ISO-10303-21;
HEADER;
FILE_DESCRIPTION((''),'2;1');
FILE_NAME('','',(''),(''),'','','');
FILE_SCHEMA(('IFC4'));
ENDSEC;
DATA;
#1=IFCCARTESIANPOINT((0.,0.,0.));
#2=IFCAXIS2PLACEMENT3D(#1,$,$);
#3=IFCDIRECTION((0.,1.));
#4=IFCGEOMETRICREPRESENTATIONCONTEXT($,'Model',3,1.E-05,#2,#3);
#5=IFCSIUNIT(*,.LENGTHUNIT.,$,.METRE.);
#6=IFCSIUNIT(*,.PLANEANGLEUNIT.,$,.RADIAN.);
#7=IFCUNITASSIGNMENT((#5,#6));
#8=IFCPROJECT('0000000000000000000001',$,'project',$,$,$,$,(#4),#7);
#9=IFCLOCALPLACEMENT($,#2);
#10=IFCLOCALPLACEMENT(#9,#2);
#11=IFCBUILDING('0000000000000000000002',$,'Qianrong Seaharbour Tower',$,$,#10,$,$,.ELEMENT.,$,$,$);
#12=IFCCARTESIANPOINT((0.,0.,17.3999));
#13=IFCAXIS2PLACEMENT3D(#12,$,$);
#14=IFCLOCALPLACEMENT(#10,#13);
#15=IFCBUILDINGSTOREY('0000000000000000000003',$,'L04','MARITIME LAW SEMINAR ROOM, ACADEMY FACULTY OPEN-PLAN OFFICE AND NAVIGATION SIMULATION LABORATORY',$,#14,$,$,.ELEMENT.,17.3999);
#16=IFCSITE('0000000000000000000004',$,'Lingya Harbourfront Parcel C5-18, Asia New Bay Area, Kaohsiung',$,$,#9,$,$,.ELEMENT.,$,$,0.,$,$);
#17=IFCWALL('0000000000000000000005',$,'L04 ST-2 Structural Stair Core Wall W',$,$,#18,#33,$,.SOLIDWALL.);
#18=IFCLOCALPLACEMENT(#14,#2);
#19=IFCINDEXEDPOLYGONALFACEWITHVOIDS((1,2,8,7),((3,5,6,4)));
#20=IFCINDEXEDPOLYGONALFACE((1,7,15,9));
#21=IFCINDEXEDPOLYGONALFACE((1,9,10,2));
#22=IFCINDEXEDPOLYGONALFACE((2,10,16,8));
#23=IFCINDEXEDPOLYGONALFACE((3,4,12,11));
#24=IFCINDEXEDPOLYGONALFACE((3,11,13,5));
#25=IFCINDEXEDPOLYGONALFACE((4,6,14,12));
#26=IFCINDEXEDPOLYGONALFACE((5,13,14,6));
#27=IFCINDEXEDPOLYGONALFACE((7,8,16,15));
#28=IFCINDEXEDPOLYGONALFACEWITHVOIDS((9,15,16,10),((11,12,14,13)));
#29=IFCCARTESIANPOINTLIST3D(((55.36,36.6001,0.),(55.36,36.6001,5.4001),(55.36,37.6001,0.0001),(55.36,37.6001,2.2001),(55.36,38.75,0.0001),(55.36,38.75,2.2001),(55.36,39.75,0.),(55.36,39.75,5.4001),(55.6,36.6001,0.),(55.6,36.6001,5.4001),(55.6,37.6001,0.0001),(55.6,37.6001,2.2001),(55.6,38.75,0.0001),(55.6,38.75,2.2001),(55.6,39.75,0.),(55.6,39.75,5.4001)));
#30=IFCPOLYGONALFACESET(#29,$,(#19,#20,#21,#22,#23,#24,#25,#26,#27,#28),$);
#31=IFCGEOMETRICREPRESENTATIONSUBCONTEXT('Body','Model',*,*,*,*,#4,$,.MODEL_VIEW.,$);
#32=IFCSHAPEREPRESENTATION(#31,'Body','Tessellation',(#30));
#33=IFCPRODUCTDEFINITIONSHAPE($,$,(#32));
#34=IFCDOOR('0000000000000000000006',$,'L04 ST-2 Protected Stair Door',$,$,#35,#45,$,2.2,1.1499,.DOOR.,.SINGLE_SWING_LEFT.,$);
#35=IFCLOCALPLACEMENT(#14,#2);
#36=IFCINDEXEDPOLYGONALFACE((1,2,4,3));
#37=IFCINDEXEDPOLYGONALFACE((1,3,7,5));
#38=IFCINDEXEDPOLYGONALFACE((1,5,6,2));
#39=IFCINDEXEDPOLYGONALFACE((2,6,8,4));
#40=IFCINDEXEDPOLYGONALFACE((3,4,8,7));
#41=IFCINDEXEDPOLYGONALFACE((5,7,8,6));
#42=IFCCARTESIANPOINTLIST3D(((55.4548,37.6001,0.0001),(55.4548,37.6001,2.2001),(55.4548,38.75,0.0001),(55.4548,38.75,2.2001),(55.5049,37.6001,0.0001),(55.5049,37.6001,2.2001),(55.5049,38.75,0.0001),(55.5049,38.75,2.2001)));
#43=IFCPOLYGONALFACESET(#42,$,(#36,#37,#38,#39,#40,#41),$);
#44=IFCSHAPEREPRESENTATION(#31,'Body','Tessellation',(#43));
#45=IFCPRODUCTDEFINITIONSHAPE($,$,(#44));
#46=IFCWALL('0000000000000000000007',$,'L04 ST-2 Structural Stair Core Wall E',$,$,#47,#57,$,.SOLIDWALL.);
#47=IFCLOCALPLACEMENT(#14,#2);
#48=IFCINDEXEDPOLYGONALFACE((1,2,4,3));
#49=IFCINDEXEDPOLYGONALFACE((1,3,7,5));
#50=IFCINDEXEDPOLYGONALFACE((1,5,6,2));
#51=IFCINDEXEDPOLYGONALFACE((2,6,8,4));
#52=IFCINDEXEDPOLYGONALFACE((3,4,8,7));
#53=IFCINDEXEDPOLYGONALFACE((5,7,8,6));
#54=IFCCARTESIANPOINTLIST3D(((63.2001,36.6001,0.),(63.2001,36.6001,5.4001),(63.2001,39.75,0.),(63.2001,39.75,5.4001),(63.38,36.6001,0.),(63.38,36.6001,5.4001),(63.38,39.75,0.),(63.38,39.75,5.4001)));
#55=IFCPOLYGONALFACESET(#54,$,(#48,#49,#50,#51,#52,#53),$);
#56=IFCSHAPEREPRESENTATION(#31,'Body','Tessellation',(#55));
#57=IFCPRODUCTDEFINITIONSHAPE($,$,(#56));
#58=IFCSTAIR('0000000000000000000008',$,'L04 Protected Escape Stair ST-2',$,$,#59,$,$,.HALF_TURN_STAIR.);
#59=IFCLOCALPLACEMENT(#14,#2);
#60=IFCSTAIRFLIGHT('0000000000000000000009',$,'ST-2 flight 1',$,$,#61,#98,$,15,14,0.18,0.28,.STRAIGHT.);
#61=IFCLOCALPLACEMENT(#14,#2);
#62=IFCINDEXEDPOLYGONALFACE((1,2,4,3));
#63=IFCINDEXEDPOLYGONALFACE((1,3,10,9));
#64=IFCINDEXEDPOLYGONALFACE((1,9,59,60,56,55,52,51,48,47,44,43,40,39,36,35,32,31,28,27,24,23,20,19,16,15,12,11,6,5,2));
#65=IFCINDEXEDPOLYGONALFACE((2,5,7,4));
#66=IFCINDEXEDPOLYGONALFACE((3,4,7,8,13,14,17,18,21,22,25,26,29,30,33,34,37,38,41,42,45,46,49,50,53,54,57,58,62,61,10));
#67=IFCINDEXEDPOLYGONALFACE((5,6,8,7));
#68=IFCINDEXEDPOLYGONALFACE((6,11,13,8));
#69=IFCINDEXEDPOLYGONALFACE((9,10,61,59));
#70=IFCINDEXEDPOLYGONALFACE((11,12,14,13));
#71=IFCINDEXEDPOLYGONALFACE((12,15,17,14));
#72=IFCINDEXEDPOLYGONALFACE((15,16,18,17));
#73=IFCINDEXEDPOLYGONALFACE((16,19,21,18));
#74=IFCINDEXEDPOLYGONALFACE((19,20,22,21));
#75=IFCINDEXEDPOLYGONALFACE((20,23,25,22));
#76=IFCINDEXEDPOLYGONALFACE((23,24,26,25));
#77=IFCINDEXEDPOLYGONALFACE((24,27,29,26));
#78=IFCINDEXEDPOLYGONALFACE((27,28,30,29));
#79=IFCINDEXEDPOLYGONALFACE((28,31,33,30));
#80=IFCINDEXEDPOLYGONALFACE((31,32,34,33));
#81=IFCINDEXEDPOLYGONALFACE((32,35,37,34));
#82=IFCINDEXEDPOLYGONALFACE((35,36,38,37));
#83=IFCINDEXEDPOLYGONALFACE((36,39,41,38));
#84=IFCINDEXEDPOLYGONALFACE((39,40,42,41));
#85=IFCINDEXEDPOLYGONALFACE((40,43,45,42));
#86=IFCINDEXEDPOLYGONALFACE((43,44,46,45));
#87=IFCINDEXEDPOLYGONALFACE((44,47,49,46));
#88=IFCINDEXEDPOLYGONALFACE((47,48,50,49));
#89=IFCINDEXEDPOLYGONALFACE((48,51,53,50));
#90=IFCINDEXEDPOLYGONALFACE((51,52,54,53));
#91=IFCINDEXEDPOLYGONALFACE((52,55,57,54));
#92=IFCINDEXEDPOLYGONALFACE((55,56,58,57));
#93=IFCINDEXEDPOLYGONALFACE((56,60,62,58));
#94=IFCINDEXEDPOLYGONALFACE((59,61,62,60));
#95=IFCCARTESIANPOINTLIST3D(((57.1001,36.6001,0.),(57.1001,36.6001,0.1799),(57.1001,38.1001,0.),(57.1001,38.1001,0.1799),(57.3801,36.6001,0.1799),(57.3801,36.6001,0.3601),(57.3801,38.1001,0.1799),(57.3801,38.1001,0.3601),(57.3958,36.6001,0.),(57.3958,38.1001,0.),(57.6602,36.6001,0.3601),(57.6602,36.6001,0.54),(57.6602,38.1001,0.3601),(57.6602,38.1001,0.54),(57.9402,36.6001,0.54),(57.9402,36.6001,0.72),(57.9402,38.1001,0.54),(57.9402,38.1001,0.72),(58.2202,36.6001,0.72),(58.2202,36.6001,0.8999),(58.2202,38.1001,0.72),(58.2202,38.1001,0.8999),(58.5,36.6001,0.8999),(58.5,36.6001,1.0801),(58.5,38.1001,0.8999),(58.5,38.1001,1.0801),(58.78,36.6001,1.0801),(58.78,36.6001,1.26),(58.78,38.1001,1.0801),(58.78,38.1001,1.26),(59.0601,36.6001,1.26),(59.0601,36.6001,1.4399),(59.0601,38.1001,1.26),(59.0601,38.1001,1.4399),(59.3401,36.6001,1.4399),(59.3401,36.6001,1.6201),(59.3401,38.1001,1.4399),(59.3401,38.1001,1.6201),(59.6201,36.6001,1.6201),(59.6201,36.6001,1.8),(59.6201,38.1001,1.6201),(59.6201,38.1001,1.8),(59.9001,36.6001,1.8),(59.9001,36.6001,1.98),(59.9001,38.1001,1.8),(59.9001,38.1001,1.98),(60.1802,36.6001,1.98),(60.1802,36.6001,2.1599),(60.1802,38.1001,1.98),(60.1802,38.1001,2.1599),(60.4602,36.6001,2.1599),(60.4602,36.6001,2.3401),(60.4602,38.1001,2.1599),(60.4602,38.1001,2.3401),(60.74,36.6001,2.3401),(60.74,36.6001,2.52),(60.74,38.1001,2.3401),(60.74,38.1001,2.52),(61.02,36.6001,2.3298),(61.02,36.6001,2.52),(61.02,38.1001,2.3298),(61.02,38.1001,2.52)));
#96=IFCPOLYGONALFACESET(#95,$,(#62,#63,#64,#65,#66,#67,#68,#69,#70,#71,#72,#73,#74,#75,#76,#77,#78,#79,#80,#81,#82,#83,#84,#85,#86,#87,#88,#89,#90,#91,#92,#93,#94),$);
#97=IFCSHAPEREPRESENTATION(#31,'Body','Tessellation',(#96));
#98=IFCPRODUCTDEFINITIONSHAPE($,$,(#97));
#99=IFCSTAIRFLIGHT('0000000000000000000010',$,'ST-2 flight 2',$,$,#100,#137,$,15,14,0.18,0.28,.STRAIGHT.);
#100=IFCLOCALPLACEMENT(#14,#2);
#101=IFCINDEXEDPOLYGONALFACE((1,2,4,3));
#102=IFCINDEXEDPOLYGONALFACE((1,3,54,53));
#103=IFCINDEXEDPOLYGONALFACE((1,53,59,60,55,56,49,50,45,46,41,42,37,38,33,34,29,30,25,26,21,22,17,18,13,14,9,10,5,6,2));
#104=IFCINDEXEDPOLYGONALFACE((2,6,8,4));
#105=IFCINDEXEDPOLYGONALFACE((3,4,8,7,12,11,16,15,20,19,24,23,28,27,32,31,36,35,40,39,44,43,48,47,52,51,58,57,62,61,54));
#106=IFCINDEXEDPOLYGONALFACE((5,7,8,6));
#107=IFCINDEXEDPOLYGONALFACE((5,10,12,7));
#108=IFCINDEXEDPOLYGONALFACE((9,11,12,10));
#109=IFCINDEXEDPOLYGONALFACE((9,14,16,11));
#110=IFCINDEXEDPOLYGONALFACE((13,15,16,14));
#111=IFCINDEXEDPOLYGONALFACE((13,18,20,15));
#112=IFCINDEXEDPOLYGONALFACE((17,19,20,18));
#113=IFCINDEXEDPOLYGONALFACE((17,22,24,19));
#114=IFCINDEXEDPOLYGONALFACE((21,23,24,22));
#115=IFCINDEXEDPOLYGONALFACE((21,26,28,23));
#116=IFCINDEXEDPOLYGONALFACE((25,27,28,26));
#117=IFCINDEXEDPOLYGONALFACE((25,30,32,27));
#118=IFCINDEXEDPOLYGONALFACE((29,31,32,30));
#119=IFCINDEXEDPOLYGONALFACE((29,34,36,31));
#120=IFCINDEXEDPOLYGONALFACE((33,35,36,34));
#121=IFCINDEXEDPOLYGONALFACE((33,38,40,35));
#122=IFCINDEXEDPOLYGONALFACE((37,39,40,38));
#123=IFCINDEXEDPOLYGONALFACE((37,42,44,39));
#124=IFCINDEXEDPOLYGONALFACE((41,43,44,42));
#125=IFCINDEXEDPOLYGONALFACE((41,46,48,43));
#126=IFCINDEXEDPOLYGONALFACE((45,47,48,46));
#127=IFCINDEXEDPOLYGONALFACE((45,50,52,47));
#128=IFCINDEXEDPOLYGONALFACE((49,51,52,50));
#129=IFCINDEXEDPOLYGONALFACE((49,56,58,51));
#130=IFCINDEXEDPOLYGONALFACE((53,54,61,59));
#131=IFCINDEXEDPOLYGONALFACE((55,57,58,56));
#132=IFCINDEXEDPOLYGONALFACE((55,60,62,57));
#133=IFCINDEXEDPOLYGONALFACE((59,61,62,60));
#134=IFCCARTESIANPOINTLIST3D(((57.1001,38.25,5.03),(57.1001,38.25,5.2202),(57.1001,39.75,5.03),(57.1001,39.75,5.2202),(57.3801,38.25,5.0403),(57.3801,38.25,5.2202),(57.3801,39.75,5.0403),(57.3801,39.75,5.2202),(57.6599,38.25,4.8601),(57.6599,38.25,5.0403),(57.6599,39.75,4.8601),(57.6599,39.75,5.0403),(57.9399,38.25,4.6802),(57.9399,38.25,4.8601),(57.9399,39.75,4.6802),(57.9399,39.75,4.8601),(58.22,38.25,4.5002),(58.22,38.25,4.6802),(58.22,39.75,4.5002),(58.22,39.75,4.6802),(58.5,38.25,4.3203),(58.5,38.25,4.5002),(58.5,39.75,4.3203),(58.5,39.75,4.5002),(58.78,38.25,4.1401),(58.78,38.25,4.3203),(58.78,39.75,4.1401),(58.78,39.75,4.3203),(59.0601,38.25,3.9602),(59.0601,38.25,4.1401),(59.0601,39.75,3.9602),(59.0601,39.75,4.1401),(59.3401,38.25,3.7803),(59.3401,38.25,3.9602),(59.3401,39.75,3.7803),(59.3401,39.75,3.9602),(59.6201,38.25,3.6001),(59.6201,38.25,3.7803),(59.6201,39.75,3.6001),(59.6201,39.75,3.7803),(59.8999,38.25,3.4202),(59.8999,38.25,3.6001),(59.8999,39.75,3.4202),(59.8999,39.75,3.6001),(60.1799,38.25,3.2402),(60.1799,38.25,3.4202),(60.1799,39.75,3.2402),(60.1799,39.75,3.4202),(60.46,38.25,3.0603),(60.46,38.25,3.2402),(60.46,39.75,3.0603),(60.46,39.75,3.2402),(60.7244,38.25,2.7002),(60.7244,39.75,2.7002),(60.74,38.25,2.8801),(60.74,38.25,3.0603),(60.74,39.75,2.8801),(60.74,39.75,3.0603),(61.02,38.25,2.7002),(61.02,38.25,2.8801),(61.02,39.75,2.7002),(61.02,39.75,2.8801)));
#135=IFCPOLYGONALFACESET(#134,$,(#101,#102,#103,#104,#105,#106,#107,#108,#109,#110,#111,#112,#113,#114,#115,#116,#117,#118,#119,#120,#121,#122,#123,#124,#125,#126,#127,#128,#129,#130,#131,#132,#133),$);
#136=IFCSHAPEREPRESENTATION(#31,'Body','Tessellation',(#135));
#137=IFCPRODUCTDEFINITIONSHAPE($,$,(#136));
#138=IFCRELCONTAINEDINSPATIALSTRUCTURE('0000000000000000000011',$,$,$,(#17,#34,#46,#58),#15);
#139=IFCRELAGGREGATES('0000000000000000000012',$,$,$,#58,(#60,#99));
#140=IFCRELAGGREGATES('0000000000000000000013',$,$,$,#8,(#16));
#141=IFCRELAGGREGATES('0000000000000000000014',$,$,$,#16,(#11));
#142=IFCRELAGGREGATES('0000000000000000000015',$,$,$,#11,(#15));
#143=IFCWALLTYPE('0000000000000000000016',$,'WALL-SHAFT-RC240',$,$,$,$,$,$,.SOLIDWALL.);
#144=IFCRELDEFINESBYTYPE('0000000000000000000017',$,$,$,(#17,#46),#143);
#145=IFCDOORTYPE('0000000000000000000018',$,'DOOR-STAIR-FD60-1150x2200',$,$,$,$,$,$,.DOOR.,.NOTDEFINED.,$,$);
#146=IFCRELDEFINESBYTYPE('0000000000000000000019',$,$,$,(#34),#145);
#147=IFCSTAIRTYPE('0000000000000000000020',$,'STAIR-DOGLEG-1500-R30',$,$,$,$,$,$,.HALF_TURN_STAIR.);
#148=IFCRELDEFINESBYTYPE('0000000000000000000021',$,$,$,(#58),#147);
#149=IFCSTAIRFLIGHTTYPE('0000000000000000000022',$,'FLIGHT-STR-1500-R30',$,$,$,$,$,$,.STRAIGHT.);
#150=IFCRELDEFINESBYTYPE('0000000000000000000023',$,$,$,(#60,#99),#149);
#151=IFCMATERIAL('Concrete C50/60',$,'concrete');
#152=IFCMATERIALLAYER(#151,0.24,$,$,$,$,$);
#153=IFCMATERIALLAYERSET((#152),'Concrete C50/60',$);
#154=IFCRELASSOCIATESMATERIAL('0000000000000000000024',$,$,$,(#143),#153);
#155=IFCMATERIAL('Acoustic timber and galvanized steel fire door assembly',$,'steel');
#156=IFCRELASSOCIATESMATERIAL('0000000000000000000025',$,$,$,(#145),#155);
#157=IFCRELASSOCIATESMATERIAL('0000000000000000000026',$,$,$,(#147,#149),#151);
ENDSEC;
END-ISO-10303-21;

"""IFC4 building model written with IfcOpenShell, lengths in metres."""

from ifc_helpers import new_model, si_unit, direction, frame, frame_2d, origin, place, context, subcontext, project, spatial, polyline, rectangle, outline, extrude, material, layer, layer_set, type_object, element, fill, aggregate, save


model = new_model("IFC4")

# Units and contexts
model_context = context("Model", 3, precision=1e-05, world=origin(), true_north=direction((0.0, 1.0)))
body_context = subcontext(model_context, "Body", "Model", "MODEL_VIEW")
ifc_project = project(units=[si_unit("LENGTHUNIT", "METRE"), si_unit("PLANEANGLEUNIT", "RADIAN")], contexts=[model_context])

# Site, building, storey
site_placement = place(None, origin())
site = spatial("IfcSite", under=ifc_project, at=site_placement, Name="Lingya Harbourfront Parcel C5-18, Asia New Bay Area, Kaohsiung", CompositionType="ELEMENT", RefElevation=0.0)
building_placement = place(site_placement, origin())
building = spatial("IfcBuilding", under=site, at=building_placement, Name="Qianrong Seaharbour Tower", CompositionType="ELEMENT")
storey_placement = place(building_placement, frame((0.0, 0.0, 17.3999)))
storey = spatial("IfcBuildingStorey", under=building, at=storey_placement, Name="L04", Description="MARITIME LAW SEMINAR ROOM, ACADEMY FACULTY OPEN-PLAN OFFICE AND NAVIGATION SIMULATION LABORATORY", CompositionType="ELEMENT", Elevation=17.3999)

# Shared definitions
ifc_material_1 = material(Name="Acoustic timber and galvanized steel fire door assembly", Category="steel")

# Shared definitions
ifc_material_2 = material(Name="Concrete C50/60", Category="concrete")
ifc_layer_1 = layer(ifc_material_2, 0.24)
ifc_layer_set_1 = layer_set([ifc_layer_1], Name="Concrete C50/60")
wall_type_1 = type_object("IfcWallType", Name="WALL-SHAFT-RC240", PredefinedType="SOLIDWALL", material=ifc_layer_set_1)

# Wall, opening, door
wall_1_placement = place(storey_placement, frame((55.48, 39.75, 0.0), z_axis=(0.0, 0.0, 1.0), x_axis=(0.0, -1.0, 0.0)))
wall_1 = element("IfcWall", 1, at=wall_1_placement, inside=storey, type_object=wall_type_1, Name="L04 ST-2 Structural Stair Core Wall W", PredefinedType="SOLIDWALL", context=body_context, shape_type="SweptSolid", body=[
    extrude(rectangle(XDim=3.1499, YDim=0.24, at=frame_2d((1.575, 0.0))), origin(), (0.0, 0.0, 1.0), 5.4001),
])
opening_1_placement = place(wall_1_placement, frame((1.0, 0.0, 0.0)))
opening_1 = element("IfcOpeningElement", 2, at=opening_1_placement, cuts=wall_1, PredefinedType="OPENING", context=body_context, shape_type="SweptSolid", body=[
    extrude(rectangle(XDim=1.1499, YDim=2.2, at=frame_2d((0.575, 1.1001))), frame((0.0, 0.1299, 0.0), z_axis=(0.0, -1.0, 0.0), x_axis=(1.0, 0.0, 0.0)), (0.0, 0.0, 1.0), 0.26),
])
door_type_1 = type_object("IfcDoorType", Name="DOOR-STAIR-FD60-1150x2200", OperationType="NOTDEFINED", PredefinedType="DOOR", material=ifc_material_1)
door_1_placement = place(opening_1_placement, origin())
door_1 = element("IfcDoor", 3, at=door_1_placement, inside=storey, type_object=door_type_1, Name="L04 ST-2 Protected Stair Door", OperationType="SINGLE_SWING_LEFT", OverallHeight=2.2, OverallWidth=1.1499, PredefinedType="DOOR", context=body_context, shape_type="SweptSolid", body=[
    extrude(rectangle(XDim=1.1499, YDim=2.2, at=frame_2d((0.575, 1.1001))), frame((0.0, 0.0249, 0.0), z_axis=(0.0, -1.0, 0.0), x_axis=(1.0, 0.0, 0.0)), (0.0, 0.0, 1.0), 0.05),
])
fill(opening_1, door_1)

# Wall
wall_2_placement = place(storey_placement, frame((63.29, 36.6001, 0.0), z_axis=(0.0, 0.0, 1.0), x_axis=(0.0, 1.0, 0.0)))
element("IfcWall", 4, at=wall_2_placement, inside=storey, type_object=wall_type_1, Name="L04 ST-2 Structural Stair Core Wall E", PredefinedType="SOLIDWALL", context=body_context, shape_type="SweptSolid", body=[
    extrude(rectangle(XDim=3.1499, YDim=0.1799, at=frame_2d((1.575, 0.0))), origin(), (0.0, 0.0, 1.0), 5.4001),
])

# Stair, stair flights
stair_type = type_object("IfcStairType", Name="STAIR-DOGLEG-1500-R30", PredefinedType="HALF_TURN_STAIR", material=ifc_material_2)
stair_placement = place(storey_placement, origin())
stair = element("IfcStair", 5, at=stair_placement, inside=storey, type_object=stair_type, Name="L04 Protected Escape Stair ST-2", PredefinedType="HALF_TURN_STAIR")
stair_flight_type = type_object("IfcStairFlightType", Name="FLIGHT-STR-1500-R30", PredefinedType="STRAIGHT", material=ifc_material_2)
stair_flight_1_placement = place(storey_placement, frame((57.1001, 37.3501, 0.0), z_axis=(0.0, 0.0, 1.0), x_axis=(1.0, 0.0, 0.0)))
stair_flight_1 = element("IfcStairFlight", 6, at=stair_flight_1_placement, type_object=stair_flight_type, Name="ST-2 flight 1", NumberOfRisers=15, NumberOfTreads=14, PredefinedType="STRAIGHT", RiserHeight=0.18, TreadLength=0.28, context=body_context, shape_type="SweptSolid", body=[
    extrude(outline(polyline([(0.0, 0.0), (0.0, 0.1799), (0.28, 0.1799), (0.28, 0.3601), (0.5601, 0.3601), (0.5601, 0.54), (0.8401, 0.54), (0.8401, 0.72), (1.1201, 0.72), (1.1201, 0.8999), (1.3999, 0.8999), (1.3999, 1.0801), (1.6799, 1.0801), (1.6799, 1.26), (1.96, 1.26), (1.96, 1.4399), (2.24, 1.4399), (2.24, 1.6201), (2.52, 1.6201), (2.52, 1.8), (2.8, 1.8), (2.8, 1.98), (3.0801, 1.98), (3.0801, 2.1599), (3.3601, 2.1599), (3.3601, 2.3401), (3.6399, 2.3401), (3.6399, 2.52), (3.9199, 2.52), (3.9199, 2.7), (3.9199, 2.3298), (0.2957, 0.0), (0.0, 0.0)])), frame((0.0, 0.75, 0.0), z_axis=(0.0, -1.0, 0.0), x_axis=(1.0, 0.0, 0.0)), (0.0, 0.0, 1.0), 1.5),
])
stair_flight_2_placement = place(storey_placement, frame((61.02, 39.0, 2.7002), z_axis=(0.0, 0.0, 1.0), x_axis=(-1.0, 0.0, 0.0)))
stair_flight_2 = element("IfcStairFlight", 7, at=stair_flight_2_placement, type_object=stair_flight_type, Name="ST-2 flight 2", NumberOfRisers=15, NumberOfTreads=14, PredefinedType="STRAIGHT", RiserHeight=0.18, TreadLength=0.28, context=body_context, shape_type="SweptSolid", body=[
    extrude(outline(polyline([(0.0, 0.0), (0.0, 0.1799), (0.28, 0.1799), (0.28, 0.3601), (0.5601, 0.3601), (0.5601, 0.54), (0.8401, 0.54), (0.8401, 0.72), (1.1201, 0.72), (1.1201, 0.8999), (1.3999, 0.8999), (1.3999, 1.0801), (1.6799, 1.0801), (1.6799, 1.26), (1.96, 1.26), (1.96, 1.4399), (2.24, 1.4399), (2.24, 1.6201), (2.52, 1.6201), (2.52, 1.8), (2.8, 1.8), (2.8, 1.98), (3.0801, 1.98), (3.0801, 2.1599), (3.3601, 2.1599), (3.3601, 2.3401), (3.6399, 2.3401), (3.6399, 2.52), (3.9199, 2.52), (3.9199, 2.7), (3.9199, 2.3298), (0.2957, 0.0), (0.0, 0.0)])), frame((0.0, 0.75, 0.0), z_axis=(0.0, -1.0, 0.0), x_axis=(1.0, 0.0, 0.0)), (0.0, 0.0, 1.0), 1.5),
])
aggregate(stair, [stair_flight_1, stair_flight_2])

save(model, "model.ifc")
